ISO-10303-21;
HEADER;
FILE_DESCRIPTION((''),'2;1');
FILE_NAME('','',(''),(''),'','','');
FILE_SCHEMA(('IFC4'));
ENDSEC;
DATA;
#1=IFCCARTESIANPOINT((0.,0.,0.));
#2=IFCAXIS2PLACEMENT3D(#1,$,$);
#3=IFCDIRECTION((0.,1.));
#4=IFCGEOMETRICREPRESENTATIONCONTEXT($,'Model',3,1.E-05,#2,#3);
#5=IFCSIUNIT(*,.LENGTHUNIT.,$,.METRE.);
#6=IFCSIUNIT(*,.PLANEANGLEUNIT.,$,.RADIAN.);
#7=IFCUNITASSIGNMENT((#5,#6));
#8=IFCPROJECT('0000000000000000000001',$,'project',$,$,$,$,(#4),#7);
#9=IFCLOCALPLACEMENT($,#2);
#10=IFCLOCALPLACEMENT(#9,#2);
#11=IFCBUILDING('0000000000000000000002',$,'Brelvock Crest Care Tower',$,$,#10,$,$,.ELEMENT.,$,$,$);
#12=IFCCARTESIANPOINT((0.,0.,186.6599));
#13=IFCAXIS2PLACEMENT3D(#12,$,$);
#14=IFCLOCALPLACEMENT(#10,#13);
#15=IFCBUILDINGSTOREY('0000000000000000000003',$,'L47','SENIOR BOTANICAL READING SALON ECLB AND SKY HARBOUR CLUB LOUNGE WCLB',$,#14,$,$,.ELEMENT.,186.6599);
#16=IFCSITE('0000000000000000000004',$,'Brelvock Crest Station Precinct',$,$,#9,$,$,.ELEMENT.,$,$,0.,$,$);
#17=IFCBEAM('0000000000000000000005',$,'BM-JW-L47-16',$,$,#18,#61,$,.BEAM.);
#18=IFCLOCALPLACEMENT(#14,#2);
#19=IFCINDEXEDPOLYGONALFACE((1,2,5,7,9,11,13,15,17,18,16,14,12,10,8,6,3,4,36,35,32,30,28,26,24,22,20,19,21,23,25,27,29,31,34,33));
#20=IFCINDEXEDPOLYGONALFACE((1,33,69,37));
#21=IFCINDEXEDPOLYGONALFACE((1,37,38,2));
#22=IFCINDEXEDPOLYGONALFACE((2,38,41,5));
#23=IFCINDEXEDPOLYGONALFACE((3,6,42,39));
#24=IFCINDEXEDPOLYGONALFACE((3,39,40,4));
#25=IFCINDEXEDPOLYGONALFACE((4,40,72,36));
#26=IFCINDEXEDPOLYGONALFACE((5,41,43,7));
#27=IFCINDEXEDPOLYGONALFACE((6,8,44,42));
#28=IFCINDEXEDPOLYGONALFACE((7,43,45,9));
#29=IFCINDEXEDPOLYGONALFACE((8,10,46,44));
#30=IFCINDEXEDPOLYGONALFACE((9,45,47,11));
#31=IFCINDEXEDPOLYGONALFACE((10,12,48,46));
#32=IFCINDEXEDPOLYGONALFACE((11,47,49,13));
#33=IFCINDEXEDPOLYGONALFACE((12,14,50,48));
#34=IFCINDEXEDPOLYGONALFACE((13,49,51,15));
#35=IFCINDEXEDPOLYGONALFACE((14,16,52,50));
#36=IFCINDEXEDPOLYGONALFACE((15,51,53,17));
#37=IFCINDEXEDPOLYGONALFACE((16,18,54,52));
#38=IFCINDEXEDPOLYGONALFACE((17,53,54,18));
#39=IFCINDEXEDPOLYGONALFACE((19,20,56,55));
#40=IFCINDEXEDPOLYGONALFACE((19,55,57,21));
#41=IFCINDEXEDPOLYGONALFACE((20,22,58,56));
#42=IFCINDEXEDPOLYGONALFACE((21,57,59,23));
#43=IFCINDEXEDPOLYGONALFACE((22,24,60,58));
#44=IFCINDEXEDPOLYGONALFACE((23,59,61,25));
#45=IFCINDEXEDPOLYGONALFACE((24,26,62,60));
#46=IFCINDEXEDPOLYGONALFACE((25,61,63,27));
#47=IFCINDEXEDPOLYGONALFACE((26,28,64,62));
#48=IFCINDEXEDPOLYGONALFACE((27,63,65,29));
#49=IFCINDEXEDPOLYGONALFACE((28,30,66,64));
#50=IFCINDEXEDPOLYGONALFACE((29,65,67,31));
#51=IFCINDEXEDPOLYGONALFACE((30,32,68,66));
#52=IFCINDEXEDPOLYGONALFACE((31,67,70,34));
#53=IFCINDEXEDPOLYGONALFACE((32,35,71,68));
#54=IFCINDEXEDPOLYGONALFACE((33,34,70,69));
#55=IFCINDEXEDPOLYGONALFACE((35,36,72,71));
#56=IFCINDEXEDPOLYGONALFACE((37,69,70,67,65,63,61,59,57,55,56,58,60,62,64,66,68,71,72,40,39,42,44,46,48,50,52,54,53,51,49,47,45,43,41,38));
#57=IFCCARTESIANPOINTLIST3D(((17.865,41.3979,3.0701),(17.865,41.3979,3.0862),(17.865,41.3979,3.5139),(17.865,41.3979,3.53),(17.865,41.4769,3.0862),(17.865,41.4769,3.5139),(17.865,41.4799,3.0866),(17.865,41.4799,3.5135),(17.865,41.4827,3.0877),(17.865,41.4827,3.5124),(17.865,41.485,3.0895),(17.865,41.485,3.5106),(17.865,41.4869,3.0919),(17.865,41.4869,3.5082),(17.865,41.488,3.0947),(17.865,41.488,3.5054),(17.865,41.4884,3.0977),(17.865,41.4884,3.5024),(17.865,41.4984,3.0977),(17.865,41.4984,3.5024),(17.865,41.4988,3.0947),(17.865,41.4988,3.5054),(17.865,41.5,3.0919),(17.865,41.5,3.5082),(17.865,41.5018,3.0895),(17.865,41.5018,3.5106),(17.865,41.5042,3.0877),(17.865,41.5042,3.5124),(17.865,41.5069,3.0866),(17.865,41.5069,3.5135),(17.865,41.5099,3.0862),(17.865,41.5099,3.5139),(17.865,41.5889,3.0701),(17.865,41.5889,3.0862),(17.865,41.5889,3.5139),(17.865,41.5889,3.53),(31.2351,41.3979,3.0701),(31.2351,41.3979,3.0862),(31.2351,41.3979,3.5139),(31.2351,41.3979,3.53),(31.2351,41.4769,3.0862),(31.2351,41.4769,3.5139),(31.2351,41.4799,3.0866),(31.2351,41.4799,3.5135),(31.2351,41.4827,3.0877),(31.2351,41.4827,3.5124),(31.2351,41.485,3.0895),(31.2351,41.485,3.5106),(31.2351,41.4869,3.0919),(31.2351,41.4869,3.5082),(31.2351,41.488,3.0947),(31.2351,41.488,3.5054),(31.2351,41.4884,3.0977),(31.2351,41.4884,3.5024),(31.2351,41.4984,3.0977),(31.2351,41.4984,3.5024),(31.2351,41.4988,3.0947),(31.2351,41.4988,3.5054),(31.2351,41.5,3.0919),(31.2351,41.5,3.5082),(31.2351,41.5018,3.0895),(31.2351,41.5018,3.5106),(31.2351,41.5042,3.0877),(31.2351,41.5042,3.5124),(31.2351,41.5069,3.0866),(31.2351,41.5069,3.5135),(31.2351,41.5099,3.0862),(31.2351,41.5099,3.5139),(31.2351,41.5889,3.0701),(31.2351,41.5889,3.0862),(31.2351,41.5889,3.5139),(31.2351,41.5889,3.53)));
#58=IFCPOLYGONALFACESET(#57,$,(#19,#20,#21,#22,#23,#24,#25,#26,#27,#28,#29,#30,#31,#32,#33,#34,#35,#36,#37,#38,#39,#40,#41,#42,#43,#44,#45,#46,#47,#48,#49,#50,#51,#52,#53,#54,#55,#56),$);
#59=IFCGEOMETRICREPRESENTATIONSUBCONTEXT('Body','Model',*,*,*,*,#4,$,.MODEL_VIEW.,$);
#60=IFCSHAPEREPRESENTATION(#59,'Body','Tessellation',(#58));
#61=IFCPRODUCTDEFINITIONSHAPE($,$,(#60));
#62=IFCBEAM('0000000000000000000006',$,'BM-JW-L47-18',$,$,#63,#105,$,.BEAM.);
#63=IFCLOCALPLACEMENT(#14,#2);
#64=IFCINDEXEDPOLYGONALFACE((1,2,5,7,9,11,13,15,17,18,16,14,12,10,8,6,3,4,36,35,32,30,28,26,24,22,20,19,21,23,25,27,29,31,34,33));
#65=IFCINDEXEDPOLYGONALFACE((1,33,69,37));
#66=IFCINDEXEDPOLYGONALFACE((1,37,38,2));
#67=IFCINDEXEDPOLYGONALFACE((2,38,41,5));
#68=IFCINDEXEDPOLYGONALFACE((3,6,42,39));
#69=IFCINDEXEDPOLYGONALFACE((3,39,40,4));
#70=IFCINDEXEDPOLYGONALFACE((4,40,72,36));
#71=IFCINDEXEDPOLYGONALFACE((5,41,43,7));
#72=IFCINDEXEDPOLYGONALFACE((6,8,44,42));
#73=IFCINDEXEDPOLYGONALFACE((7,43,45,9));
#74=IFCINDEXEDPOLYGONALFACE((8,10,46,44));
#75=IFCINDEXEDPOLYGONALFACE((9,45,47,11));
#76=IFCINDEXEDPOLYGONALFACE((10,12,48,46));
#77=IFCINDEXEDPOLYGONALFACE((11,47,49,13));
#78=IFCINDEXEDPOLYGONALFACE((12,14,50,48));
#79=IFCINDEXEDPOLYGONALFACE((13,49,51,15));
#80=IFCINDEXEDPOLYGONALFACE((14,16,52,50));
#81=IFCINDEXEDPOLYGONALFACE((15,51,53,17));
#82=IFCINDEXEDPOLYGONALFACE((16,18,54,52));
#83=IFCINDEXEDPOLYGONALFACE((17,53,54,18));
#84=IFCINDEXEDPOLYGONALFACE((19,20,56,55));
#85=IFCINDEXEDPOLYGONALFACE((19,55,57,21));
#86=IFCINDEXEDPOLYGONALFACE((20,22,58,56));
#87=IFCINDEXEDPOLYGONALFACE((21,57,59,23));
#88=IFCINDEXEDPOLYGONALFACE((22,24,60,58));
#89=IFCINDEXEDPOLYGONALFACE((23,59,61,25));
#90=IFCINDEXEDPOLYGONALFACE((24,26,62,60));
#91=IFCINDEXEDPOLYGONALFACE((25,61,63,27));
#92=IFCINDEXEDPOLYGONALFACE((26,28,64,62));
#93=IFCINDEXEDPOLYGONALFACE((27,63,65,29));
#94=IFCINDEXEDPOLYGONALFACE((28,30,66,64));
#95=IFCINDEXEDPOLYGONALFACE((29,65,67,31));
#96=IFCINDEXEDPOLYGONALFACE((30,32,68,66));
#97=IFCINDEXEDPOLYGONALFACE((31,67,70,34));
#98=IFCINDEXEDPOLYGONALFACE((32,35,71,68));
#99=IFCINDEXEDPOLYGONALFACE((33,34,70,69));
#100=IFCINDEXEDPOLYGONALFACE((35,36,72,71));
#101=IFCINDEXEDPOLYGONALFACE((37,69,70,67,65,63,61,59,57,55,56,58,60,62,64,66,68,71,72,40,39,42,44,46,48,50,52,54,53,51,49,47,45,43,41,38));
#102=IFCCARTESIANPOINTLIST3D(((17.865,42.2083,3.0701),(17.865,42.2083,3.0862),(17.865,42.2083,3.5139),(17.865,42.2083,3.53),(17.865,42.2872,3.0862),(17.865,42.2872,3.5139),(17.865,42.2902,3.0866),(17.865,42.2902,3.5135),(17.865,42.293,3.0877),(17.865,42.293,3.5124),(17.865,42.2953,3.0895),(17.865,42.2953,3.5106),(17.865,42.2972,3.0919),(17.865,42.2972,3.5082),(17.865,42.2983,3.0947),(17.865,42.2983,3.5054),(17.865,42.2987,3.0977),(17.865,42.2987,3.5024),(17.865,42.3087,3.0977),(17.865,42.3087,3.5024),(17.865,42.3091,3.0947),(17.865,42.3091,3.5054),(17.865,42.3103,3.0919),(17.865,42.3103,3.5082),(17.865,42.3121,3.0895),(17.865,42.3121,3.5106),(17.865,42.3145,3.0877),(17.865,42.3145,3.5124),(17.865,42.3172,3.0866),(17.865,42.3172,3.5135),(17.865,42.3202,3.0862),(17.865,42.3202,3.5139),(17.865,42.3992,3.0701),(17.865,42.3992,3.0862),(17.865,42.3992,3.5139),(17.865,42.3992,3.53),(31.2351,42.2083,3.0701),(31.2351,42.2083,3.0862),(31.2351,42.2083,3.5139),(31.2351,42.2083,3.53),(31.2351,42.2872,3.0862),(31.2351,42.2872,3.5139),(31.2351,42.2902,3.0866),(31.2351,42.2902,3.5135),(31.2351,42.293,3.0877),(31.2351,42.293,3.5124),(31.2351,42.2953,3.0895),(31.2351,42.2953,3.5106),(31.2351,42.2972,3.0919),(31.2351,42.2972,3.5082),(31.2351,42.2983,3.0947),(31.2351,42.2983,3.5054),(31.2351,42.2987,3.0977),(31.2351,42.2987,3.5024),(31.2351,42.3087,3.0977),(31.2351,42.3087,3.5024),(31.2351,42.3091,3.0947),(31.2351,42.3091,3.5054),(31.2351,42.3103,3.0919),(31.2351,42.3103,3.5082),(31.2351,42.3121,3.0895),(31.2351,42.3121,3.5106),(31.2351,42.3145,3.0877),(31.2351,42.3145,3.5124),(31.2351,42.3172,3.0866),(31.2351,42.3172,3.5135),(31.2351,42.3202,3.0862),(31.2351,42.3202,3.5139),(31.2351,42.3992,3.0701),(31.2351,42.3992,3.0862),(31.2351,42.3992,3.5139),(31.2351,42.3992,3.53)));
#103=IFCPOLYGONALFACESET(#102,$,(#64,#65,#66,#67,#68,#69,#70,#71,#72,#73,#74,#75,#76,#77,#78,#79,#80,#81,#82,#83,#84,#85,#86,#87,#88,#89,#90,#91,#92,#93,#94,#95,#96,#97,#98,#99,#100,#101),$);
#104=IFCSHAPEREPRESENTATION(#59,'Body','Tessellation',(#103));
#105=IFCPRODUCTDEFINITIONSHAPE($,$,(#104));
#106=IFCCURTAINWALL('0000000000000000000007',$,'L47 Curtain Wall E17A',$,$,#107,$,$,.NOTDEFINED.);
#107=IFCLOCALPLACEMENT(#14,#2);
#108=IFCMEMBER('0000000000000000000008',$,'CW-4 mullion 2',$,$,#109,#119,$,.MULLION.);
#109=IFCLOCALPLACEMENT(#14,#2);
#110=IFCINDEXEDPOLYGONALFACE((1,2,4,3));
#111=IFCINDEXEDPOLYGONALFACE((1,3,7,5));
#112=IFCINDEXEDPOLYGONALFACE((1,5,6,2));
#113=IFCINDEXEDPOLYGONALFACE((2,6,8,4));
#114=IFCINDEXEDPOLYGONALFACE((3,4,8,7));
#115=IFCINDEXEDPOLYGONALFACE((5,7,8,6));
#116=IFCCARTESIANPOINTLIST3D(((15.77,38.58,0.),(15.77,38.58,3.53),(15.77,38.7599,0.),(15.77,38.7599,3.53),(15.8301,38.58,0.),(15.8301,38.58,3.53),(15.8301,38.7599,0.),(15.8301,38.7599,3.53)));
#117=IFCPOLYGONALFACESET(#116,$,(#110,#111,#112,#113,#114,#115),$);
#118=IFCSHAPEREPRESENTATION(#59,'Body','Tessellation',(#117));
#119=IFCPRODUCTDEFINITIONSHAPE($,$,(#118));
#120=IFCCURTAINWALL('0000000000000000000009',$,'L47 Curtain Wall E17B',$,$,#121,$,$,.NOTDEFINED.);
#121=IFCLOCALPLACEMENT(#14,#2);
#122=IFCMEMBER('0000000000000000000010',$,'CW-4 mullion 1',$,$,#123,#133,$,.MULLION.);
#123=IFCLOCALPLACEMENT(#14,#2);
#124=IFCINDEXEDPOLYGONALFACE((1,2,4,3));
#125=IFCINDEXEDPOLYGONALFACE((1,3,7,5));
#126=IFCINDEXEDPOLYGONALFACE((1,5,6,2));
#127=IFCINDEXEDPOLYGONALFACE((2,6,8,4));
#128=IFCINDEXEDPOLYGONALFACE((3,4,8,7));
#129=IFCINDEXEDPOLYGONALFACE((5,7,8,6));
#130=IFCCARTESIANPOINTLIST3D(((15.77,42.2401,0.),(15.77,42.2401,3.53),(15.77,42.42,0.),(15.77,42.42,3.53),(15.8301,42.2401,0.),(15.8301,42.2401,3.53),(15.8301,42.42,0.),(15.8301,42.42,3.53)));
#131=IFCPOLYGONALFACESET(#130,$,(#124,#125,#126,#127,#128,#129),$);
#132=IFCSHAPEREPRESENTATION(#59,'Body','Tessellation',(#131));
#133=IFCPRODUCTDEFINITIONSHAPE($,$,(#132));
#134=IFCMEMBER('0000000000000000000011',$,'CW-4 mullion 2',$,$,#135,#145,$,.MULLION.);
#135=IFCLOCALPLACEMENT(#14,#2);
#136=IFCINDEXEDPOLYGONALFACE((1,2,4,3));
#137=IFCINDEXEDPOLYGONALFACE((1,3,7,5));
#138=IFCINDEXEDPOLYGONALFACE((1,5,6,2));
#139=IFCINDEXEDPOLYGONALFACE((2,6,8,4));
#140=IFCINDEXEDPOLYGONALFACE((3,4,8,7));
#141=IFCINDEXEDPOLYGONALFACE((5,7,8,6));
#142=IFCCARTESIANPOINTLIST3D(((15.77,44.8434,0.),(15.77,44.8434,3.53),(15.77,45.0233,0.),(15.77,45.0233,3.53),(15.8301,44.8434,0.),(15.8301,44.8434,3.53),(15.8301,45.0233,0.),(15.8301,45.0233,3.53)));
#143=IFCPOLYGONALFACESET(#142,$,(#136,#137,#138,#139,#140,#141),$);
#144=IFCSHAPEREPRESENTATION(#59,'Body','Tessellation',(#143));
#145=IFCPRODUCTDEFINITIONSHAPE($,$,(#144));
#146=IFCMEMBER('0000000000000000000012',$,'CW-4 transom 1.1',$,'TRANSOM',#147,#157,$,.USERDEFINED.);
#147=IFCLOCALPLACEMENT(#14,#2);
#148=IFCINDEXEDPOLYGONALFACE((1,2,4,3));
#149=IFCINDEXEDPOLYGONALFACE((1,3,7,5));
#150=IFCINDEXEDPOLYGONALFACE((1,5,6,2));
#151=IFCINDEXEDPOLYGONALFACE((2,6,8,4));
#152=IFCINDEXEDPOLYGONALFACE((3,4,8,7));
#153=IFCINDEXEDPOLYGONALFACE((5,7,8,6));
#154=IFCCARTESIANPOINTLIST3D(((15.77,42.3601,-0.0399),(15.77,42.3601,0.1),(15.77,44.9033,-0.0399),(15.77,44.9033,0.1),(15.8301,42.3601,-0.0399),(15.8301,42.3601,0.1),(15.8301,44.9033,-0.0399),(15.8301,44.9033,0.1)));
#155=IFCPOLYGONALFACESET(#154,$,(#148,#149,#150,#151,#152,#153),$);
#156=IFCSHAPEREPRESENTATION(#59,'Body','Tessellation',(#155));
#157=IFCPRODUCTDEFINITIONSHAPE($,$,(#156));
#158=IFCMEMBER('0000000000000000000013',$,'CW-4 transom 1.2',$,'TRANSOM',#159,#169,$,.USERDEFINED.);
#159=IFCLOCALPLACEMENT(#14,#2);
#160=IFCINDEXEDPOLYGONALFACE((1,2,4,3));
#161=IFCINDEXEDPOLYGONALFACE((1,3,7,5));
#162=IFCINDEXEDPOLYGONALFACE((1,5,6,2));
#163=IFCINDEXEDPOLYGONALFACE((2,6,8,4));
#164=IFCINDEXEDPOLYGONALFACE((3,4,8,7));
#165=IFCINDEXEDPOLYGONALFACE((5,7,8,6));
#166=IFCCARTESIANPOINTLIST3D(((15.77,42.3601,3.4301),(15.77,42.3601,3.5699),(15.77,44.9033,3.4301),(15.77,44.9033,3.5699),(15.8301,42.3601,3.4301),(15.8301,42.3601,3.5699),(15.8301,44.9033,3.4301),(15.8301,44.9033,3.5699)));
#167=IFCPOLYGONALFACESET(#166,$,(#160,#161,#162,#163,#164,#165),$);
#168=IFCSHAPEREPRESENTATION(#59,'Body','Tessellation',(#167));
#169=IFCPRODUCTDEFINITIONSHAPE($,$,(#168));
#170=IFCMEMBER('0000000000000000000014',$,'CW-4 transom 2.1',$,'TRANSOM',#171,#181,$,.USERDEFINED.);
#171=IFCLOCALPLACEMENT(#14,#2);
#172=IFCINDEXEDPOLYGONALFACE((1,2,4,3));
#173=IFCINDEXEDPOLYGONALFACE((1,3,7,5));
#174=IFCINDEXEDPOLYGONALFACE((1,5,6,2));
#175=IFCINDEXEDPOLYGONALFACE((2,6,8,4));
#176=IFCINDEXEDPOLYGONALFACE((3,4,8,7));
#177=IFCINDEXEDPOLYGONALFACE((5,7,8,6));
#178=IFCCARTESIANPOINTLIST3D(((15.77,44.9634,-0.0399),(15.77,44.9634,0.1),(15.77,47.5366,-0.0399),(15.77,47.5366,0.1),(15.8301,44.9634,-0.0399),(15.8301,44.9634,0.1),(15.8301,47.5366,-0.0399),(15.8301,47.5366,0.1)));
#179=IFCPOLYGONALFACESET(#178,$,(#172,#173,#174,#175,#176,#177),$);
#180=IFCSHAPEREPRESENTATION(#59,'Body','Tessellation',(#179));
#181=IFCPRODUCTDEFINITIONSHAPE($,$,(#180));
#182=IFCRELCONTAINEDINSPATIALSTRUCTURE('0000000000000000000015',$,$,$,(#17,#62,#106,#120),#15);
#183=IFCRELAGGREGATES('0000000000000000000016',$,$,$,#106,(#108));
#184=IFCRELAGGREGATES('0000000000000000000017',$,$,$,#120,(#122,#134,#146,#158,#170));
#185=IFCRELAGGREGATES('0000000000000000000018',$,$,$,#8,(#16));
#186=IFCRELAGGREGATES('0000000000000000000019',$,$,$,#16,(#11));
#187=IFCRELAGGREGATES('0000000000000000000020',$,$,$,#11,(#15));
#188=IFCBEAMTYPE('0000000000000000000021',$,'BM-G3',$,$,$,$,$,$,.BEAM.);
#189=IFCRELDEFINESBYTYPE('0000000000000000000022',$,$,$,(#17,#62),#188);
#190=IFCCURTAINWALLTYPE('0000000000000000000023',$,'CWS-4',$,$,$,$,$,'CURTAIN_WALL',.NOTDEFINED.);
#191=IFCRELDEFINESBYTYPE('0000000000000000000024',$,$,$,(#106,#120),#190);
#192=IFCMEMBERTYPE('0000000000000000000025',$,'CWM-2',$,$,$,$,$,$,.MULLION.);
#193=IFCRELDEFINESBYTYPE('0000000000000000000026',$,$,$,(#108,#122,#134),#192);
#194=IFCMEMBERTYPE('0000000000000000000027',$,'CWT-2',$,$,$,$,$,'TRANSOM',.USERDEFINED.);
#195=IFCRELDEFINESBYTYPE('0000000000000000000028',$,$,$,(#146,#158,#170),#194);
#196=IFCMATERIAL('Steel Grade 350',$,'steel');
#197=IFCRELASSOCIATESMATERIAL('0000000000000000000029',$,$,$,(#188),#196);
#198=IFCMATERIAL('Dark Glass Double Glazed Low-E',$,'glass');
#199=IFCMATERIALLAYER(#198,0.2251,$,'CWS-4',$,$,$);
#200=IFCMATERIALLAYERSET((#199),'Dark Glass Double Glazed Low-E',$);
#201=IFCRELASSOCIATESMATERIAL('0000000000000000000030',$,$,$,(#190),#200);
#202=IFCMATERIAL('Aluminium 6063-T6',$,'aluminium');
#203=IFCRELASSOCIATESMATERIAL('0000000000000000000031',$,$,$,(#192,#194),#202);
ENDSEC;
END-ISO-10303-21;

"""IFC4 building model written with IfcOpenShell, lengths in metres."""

from ifc_helpers import new_model, si_unit, direction, frame, origin, origin_2d, place, context, subcontext, project, spatial, rectangle, i_section, extrude, source, transform, mapped, material, layer, layer_set, material_profile, profile_set, type_object, element, aggregate, save


model = new_model("IFC4")

# Units and contexts
model_context = context("Model", 3, precision=1e-05, world=origin(), true_north=direction((0.0, 1.0)))
body_context = subcontext(model_context, "Body", "Model", "MODEL_VIEW")
ifc_project = project(units=[si_unit("LENGTHUNIT", "METRE"), si_unit("PLANEANGLEUNIT", "RADIAN")], contexts=[model_context])

# Site, building, storey
site_placement = place(None, origin())
site = spatial("IfcSite", under=ifc_project, at=site_placement, Name="Brelvock Crest Station Precinct", CompositionType="ELEMENT", RefElevation=0.0)
building_placement = place(site_placement, origin())
building = spatial("IfcBuilding", under=site, at=building_placement, Name="Brelvock Crest Care Tower", CompositionType="ELEMENT")
storey_placement = place(building_placement, frame((0.0, 0.0, 186.6599)))
storey = spatial("IfcBuildingStorey", under=building, at=storey_placement, Name="L47", Description="SENIOR BOTANICAL READING SALON ECLB AND SKY HARBOUR CLUB LOUNGE WCLB", CompositionType="ELEMENT", Elevation=186.6599)

# Shared definitions
ifc_material_1 = material(Name="Steel Grade 350", Category="steel")

# Beams
ifc_material_profile_1 = material_profile(ifc_material_1, i_section(OverallWidth=0.1909, OverallDepth=0.46, WebThickness=0.01, FlangeThickness=0.0161, FilletRadius=0.0115, at=origin_2d()), Name="460UB82.1")
ifc_profile_set_1 = profile_set([ifc_material_profile_1], Name="Steel Grade 350")
beam_type_1 = type_object("IfcBeamType", Name="BM-G3", PredefinedType="BEAM", material=ifc_profile_set_1)
shared_shape_1 = source(origin(), body_context, "Body", "SweptSolid", [
    extrude(i_section(OverallWidth=0.1909, OverallDepth=0.46, WebThickness=0.01, FlangeThickness=0.0161, FilletRadius=0.0115, at=origin_2d()), origin(), (0.0, 0.0, 1.0), 13.3701),
])
for number, where, z_axis, x_axis, name in (
    (1, (17.865, 41.4934, 3.3), (1.0, 0.0, 0.0), (0.0, 1.0, 0.0), "BM-JW-L47-16"),
    (2, (17.865, 42.3037, 3.3), (1.0, 0.0, 0.0), (0.0, 1.0, 0.0), "BM-JW-L47-18"),
):
    element("IfcBeam", number, at=place(storey_placement, frame(where, z_axis=z_axis, x_axis=x_axis)), inside=storey, type_object=beam_type_1, Name=name, PredefinedType="BEAM", context=body_context, shape_type="MappedRepresentation", body=[
        mapped(shared_shape_1, transform((0.0, 0.0, 0.0), x_axis=(1.0, 0.0, 0.0), y_axis=(0.0, 1.0, 0.0), z_axis=(0.0, 0.0, 1.0), scale=1.0)),
    ])

# Curtain wall, member
ifc_material_2 = material(Name="Dark Glass Double Glazed Low-E", Category="glass")
ifc_layer_1 = layer(ifc_material_2, 0.2251, Name="CWS-4")
ifc_layer_set_1 = layer_set([ifc_layer_1], Name="Dark Glass Double Glazed Low-E")
curtain_wall_type = type_object("IfcCurtainWallType", Name="CWS-4", ElementType="CURTAIN_WALL", PredefinedType="NOTDEFINED", material=ifc_layer_set_1)
curtain_wall_1_placement = place(storey_placement, origin())
curtain_wall_1 = element("IfcCurtainWall", 3, at=curtain_wall_1_placement, inside=storey, type_object=curtain_wall_type, Name="L47 Curtain Wall E17A", PredefinedType="NOTDEFINED")
ifc_material_3 = material(Name="Aluminium 6063-T6", Category="aluminium")
ifc_material_profile_2 = material_profile(ifc_material_3, rectangle(XDim=0.0601, YDim=0.1799, at=origin_2d()), Name="ALU60x180")
ifc_profile_set_2 = profile_set([ifc_material_profile_2], Name="Aluminium 6063-T6")
member_type_1 = type_object("IfcMemberType", Name="CWM-2", PredefinedType="MULLION", material=ifc_profile_set_2)
shared_shape_2 = source(origin(), body_context, "Body", "SweptSolid", [
    extrude(rectangle(XDim=0.0601, YDim=0.1799, at=origin_2d()), origin(), (0.0, 0.0, 1.0), 3.53),
])
member_1_placement = place(storey_placement, frame((15.8, 38.6699, 0.0), z_axis=(0.0, 0.0, 1.0), x_axis=(-1.0, 0.0, 0.0)))
member_1 = element("IfcMember", 4, at=member_1_placement, type_object=member_type_1, Name="CW-4 mullion 2", PredefinedType="MULLION", context=body_context, shape_type="MappedRepresentation", body=[
    mapped(shared_shape_2, transform((0.0, 0.0, 0.0), x_axis=(1.0, 0.0, 0.0), y_axis=(0.0, 1.0, 0.0), z_axis=(0.0, 0.0, 1.0), scale=1.0)),
])

# Curtain wall, members
curtain_wall_2_placement = place(storey_placement, origin())
curtain_wall_2 = element("IfcCurtainWall", 5, at=curtain_wall_2_placement, inside=storey, type_object=curtain_wall_type, Name="L47 Curtain Wall E17B", PredefinedType="NOTDEFINED")
member_2_placement = place(storey_placement, frame((15.8, 42.3301, 0.0), z_axis=(0.0, 0.0, 1.0), x_axis=(-1.0, 0.0, 0.0)))
member_2 = element("IfcMember", 6, at=member_2_placement, type_object=member_type_1, Name="CW-4 mullion 1", PredefinedType="MULLION", context=body_context, shape_type="MappedRepresentation", body=[
    mapped(shared_shape_2, transform((0.0, 0.0, 0.0), x_axis=(1.0, 0.0, 0.0), y_axis=(0.0, 1.0, 0.0), z_axis=(0.0, 0.0, 1.0), scale=1.0)),
])
member_3_placement = place(storey_placement, frame((15.8, 44.9333, 0.0), z_axis=(0.0, 0.0, 1.0), x_axis=(-1.0, 0.0, 0.0)))
member_3 = element("IfcMember", 7, at=member_3_placement, type_object=member_type_1, Name="CW-4 mullion 2", PredefinedType="MULLION", context=body_context, shape_type="MappedRepresentation", body=[
    mapped(shared_shape_2, transform((0.0, 0.0, 0.0), x_axis=(1.0, 0.0, 0.0), y_axis=(0.0, 1.0, 0.0), z_axis=(0.0, 0.0, 1.0), scale=1.0)),
])
ifc_material_profile_3 = material_profile(ifc_material_3, rectangle(XDim=0.0601, YDim=0.1399, at=origin_2d()), Name="ALU60x140")
ifc_profile_set_3 = profile_set([ifc_material_profile_3], Name="Aluminium 6063-T6")
member_type_2 = type_object("IfcMemberType", Name="CWT-2", ElementType="TRANSOM", PredefinedType="USERDEFINED", material=ifc_profile_set_3)
shared_shape_3 = source(origin(), body_context, "Body", "SweptSolid", [
    extrude(rectangle(XDim=0.0601, YDim=0.1399, at=origin_2d()), origin(), (0.0, 0.0, 1.0), 2.5432),
])
member_4_placement = place(storey_placement, frame((15.8, 42.3601, 0.03), z_axis=(0.0, 1.0, 0.0), x_axis=(-1.0, 0.0, 0.0)))
member_4 = element("IfcMember", 8, at=member_4_placement, type_object=member_type_2, Name="CW-4 transom 1.1", ObjectType="TRANSOM", PredefinedType="USERDEFINED", context=body_context, shape_type="MappedRepresentation", body=[
    mapped(shared_shape_3, transform((0.0, 0.0, 0.0), x_axis=(1.0, 0.0, 0.0), y_axis=(0.0, 1.0, 0.0), z_axis=(0.0, 0.0, 1.0), scale=1.0)),
])
member_5_placement = place(storey_placement, frame((15.8, 42.3601, 3.5), z_axis=(0.0, 1.0, 0.0), x_axis=(-1.0, 0.0, 0.0)))
member_5 = element("IfcMember", 9, at=member_5_placement, type_object=member_type_2, Name="CW-4 transom 1.2", ObjectType="TRANSOM", PredefinedType="USERDEFINED", context=body_context, shape_type="MappedRepresentation", body=[
    mapped(shared_shape_3, transform((0.0, 0.0, 0.0), x_axis=(1.0, 0.0, 0.0), y_axis=(0.0, 1.0, 0.0), z_axis=(0.0, 0.0, 1.0), scale=1.0)),
])
shared_shape_4 = source(origin(), body_context, "Body", "SweptSolid", [
    extrude(rectangle(XDim=0.0601, YDim=0.1399, at=origin_2d()), origin(), (0.0, 0.0, 1.0), 2.5732),
])
member_6_placement = place(storey_placement, frame((15.8, 44.9634, 0.03), z_axis=(0.0, 1.0, 0.0), x_axis=(-1.0, 0.0, 0.0)))
member_6 = element("IfcMember", 10, at=member_6_placement, type_object=member_type_2, Name="CW-4 transom 2.1", ObjectType="TRANSOM", PredefinedType="USERDEFINED", context=body_context, shape_type="MappedRepresentation", body=[
    mapped(shared_shape_4, transform((0.0, 0.0, 0.0), x_axis=(1.0, 0.0, 0.0), y_axis=(0.0, 1.0, 0.0), z_axis=(0.0, 0.0, 1.0), scale=1.0)),
])

aggregate(curtain_wall_1, [member_1])
aggregate(curtain_wall_2, [member_2, member_3, member_4, member_5, member_6])

save(model, "model.ifc")
